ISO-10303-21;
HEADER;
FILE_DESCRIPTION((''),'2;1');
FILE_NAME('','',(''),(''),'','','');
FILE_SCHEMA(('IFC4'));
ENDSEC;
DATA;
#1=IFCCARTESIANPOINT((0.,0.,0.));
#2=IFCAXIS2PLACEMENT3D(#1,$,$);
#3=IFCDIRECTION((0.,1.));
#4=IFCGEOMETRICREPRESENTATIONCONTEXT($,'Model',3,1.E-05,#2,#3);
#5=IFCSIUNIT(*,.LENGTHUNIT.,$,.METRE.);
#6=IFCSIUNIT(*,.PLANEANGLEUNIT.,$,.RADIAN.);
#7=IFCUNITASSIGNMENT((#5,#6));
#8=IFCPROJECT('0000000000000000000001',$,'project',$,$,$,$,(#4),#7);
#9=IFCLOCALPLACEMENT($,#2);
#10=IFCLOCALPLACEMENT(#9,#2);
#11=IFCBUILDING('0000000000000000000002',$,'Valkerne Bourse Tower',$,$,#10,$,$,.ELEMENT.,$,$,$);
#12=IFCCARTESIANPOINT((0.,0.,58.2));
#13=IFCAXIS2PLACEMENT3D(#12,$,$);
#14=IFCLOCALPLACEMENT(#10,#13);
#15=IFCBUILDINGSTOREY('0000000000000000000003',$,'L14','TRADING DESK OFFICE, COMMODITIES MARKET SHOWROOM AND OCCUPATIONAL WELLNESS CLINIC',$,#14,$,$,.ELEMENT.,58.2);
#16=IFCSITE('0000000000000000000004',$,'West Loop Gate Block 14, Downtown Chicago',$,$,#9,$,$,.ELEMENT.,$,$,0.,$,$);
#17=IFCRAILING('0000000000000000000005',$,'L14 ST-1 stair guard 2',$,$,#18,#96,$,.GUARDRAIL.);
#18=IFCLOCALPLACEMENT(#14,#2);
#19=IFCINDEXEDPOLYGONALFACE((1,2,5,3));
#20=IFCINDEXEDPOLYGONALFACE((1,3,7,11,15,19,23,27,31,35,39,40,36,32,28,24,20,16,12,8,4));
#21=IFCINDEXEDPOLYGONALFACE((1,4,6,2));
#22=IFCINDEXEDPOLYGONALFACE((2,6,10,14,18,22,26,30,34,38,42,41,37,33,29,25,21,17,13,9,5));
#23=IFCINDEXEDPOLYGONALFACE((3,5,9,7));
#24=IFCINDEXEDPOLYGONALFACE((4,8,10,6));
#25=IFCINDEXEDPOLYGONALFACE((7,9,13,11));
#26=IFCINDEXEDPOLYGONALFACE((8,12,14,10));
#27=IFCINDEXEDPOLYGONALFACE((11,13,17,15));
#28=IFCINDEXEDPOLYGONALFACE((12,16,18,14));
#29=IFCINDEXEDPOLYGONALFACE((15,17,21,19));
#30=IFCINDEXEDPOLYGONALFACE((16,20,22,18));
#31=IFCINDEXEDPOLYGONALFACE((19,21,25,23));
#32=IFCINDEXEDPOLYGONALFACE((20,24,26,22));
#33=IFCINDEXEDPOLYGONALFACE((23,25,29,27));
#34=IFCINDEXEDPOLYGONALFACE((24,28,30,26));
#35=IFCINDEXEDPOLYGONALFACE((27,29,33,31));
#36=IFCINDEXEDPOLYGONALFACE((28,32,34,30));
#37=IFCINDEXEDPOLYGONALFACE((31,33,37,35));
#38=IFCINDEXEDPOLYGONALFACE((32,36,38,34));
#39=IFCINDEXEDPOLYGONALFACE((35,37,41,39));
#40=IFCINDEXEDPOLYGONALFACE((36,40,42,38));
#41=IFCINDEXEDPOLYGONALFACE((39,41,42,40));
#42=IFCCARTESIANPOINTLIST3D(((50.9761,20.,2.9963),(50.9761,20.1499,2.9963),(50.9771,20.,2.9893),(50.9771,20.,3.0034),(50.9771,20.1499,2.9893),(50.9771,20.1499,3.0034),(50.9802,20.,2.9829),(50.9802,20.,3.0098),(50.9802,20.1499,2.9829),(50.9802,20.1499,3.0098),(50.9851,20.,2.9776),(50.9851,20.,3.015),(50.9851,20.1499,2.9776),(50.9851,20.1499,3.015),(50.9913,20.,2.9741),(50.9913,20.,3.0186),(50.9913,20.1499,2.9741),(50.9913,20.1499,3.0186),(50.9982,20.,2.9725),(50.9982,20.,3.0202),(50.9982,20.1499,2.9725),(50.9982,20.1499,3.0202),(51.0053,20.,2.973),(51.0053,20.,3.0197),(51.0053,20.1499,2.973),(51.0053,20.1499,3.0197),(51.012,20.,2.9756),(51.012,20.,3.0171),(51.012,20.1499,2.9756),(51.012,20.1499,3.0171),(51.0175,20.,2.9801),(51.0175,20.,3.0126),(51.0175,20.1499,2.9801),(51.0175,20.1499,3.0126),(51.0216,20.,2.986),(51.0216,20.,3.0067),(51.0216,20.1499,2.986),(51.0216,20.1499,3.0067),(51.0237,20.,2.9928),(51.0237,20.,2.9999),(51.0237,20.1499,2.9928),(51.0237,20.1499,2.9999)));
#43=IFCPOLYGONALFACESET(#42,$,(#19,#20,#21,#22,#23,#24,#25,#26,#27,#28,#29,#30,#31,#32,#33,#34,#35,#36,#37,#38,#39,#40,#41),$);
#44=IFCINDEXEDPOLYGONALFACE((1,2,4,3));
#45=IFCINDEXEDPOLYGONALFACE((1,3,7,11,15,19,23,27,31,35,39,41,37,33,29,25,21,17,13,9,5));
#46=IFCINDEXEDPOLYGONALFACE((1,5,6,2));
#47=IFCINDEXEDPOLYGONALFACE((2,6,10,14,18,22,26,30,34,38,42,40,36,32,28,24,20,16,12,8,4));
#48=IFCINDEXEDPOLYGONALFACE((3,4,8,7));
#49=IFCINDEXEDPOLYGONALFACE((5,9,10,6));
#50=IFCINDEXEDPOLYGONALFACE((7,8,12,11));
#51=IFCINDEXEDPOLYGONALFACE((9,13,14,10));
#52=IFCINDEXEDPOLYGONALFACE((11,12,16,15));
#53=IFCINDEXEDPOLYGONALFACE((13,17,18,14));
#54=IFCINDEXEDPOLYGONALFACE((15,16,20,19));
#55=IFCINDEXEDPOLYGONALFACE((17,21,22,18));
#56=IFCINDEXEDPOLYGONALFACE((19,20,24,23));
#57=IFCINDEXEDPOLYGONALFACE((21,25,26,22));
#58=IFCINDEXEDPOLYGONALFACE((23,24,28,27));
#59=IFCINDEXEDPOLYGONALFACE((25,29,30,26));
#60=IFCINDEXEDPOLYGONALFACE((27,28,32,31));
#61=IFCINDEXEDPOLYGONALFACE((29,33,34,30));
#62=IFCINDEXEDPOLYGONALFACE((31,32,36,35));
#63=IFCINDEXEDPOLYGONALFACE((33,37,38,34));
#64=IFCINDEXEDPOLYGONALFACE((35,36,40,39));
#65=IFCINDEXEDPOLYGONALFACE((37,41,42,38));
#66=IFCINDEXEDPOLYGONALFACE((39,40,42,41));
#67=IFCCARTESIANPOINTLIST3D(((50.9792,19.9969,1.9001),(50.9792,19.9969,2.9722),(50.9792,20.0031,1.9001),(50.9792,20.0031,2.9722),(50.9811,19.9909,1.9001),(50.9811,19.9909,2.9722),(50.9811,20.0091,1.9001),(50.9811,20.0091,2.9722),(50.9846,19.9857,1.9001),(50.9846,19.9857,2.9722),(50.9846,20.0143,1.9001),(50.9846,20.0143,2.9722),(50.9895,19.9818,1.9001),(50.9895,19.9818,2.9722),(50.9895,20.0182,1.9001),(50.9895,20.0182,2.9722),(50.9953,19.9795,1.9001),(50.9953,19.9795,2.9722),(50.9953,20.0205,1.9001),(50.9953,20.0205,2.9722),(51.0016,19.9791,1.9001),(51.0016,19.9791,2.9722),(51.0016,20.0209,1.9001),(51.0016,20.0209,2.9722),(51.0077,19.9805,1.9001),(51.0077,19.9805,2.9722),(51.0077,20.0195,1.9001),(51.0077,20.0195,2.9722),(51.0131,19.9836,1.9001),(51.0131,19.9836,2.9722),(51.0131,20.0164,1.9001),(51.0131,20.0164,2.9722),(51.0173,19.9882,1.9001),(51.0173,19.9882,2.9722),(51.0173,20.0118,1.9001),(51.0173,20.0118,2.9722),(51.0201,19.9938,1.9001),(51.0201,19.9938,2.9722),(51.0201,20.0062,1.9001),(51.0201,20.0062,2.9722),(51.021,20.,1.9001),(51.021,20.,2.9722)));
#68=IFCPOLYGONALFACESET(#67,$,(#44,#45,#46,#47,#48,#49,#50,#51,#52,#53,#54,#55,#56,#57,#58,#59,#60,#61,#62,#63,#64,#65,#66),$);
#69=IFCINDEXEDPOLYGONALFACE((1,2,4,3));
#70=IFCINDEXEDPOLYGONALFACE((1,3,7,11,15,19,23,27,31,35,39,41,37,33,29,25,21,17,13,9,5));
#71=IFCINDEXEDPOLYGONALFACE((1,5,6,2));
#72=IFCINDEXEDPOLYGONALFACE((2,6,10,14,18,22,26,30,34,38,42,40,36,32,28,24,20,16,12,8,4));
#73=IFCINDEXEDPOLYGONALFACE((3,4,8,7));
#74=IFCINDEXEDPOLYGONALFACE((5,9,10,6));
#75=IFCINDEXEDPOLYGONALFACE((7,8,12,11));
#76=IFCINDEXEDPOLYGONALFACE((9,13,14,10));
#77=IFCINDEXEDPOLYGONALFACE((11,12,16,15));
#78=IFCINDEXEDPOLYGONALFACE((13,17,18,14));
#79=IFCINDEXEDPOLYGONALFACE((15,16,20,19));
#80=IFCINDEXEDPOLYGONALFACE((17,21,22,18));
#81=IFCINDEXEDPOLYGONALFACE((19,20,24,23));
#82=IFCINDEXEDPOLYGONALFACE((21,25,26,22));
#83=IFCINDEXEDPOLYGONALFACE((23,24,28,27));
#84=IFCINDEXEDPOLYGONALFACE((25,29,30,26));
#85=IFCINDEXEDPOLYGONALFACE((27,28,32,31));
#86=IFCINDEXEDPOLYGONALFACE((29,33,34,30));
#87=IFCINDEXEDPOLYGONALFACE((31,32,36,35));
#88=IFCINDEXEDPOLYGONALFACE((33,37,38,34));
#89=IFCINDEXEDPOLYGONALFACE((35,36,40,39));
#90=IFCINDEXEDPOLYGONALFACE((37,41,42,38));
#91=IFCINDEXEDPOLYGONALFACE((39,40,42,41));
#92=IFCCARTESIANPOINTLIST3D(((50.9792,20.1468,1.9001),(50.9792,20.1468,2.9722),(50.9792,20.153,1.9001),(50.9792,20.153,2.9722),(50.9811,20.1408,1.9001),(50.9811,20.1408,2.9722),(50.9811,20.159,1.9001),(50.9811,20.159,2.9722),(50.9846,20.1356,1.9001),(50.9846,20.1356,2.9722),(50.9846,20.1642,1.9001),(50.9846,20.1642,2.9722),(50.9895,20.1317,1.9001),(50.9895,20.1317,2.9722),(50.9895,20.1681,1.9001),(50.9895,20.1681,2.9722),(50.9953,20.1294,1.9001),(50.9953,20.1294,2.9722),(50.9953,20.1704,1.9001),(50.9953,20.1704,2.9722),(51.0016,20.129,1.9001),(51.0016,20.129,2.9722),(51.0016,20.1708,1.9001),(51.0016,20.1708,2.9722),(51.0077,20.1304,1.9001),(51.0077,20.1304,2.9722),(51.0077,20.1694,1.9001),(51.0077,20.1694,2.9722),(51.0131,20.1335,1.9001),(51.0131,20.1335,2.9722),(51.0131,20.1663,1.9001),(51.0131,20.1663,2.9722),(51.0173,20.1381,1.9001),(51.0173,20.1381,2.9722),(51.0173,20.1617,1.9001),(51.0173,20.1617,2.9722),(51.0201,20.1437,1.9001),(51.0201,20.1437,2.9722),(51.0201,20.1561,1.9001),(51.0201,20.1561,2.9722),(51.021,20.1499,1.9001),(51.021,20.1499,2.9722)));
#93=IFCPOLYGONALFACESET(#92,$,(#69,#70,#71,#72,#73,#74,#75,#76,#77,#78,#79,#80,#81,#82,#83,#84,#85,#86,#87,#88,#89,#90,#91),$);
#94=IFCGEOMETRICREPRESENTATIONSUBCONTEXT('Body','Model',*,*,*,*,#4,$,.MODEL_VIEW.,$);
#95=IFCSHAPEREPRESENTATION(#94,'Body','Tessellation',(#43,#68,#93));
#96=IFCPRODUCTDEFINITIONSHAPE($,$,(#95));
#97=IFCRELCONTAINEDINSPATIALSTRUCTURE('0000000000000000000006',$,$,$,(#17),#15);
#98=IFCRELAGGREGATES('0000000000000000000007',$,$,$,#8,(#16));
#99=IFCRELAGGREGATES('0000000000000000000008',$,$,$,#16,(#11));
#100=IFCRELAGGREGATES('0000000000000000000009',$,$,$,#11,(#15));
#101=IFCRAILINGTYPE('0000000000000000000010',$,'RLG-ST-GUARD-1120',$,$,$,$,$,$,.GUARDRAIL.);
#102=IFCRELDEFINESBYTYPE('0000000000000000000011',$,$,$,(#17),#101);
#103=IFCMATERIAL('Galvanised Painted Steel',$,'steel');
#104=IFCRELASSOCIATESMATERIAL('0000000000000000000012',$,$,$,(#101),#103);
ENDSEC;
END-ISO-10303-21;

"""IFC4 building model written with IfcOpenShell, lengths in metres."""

from ifc_helpers import new_model, si_unit, direction, frame, origin, origin_2d, place, context, subcontext, project, spatial, circle, extrude, material, type_object, element, save


model = new_model("IFC4")

# Units and contexts
model_context = context("Model", 3, precision=1e-05, world=origin(), true_north=direction((0.0, 1.0)))
body_context = subcontext(model_context, "Body", "Model", "MODEL_VIEW")
ifc_project = project(units=[si_unit("LENGTHUNIT", "METRE"), si_unit("PLANEANGLEUNIT", "RADIAN")], contexts=[model_context])

# Site, building, storey
site_placement = place(None, origin())
site = spatial("IfcSite", under=ifc_project, at=site_placement, Name="West Loop Gate Block 14, Downtown Chicago", CompositionType="ELEMENT", RefElevation=0.0)
building_placement = place(site_placement, origin())
building = spatial("IfcBuilding", under=site, at=building_placement, Name="Valkerne Bourse Tower", CompositionType="ELEMENT")
storey_placement = place(building_placement, frame((0.0, 0.0, 58.2)))
storey = spatial("IfcBuildingStorey", under=building, at=storey_placement, Name="L14", Description="TRADING DESK OFFICE, COMMODITIES MARKET SHOWROOM AND OCCUPATIONAL WELLNESS CLINIC", CompositionType="ELEMENT", Elevation=58.2)

# Shared definitions
ifc_material_1 = material(Name="Galvanised Painted Steel", Category="steel")

# Railing
railing_type_1 = type_object("IfcRailingType", Name="RLG-ST-GUARD-1120", PredefinedType="GUARDRAIL", material=ifc_material_1)
railing_1_placement = place(storey_placement, frame((51.0, 20.0, 1.9001)))
element("IfcRailing", 1, at=railing_1_placement, inside=storey, type_object=railing_type_1, Name="L14 ST-1 stair guard 2", PredefinedType="GUARDRAIL", context=body_context, shape_type="SweptSolid", body=[
    extrude(circle(Radius=0.0239, at=origin_2d()), frame((0.0, 0.0, 1.0962), z_axis=(0.0, 1.0, 0.0), x_axis=(-1.0, 0.0, 0.0)), (0.0, 0.0, 1.0), 0.1499),
    extrude(circle(Radius=0.021, at=origin_2d()), origin(), (0.0, 0.0, 1.0), 1.072),
    extrude(circle(Radius=0.021, at=origin_2d()), frame((0.0, 0.1499, 0.0)), (0.0, 0.0, 1.0), 1.072),
])

save(model, "model.ifc")
